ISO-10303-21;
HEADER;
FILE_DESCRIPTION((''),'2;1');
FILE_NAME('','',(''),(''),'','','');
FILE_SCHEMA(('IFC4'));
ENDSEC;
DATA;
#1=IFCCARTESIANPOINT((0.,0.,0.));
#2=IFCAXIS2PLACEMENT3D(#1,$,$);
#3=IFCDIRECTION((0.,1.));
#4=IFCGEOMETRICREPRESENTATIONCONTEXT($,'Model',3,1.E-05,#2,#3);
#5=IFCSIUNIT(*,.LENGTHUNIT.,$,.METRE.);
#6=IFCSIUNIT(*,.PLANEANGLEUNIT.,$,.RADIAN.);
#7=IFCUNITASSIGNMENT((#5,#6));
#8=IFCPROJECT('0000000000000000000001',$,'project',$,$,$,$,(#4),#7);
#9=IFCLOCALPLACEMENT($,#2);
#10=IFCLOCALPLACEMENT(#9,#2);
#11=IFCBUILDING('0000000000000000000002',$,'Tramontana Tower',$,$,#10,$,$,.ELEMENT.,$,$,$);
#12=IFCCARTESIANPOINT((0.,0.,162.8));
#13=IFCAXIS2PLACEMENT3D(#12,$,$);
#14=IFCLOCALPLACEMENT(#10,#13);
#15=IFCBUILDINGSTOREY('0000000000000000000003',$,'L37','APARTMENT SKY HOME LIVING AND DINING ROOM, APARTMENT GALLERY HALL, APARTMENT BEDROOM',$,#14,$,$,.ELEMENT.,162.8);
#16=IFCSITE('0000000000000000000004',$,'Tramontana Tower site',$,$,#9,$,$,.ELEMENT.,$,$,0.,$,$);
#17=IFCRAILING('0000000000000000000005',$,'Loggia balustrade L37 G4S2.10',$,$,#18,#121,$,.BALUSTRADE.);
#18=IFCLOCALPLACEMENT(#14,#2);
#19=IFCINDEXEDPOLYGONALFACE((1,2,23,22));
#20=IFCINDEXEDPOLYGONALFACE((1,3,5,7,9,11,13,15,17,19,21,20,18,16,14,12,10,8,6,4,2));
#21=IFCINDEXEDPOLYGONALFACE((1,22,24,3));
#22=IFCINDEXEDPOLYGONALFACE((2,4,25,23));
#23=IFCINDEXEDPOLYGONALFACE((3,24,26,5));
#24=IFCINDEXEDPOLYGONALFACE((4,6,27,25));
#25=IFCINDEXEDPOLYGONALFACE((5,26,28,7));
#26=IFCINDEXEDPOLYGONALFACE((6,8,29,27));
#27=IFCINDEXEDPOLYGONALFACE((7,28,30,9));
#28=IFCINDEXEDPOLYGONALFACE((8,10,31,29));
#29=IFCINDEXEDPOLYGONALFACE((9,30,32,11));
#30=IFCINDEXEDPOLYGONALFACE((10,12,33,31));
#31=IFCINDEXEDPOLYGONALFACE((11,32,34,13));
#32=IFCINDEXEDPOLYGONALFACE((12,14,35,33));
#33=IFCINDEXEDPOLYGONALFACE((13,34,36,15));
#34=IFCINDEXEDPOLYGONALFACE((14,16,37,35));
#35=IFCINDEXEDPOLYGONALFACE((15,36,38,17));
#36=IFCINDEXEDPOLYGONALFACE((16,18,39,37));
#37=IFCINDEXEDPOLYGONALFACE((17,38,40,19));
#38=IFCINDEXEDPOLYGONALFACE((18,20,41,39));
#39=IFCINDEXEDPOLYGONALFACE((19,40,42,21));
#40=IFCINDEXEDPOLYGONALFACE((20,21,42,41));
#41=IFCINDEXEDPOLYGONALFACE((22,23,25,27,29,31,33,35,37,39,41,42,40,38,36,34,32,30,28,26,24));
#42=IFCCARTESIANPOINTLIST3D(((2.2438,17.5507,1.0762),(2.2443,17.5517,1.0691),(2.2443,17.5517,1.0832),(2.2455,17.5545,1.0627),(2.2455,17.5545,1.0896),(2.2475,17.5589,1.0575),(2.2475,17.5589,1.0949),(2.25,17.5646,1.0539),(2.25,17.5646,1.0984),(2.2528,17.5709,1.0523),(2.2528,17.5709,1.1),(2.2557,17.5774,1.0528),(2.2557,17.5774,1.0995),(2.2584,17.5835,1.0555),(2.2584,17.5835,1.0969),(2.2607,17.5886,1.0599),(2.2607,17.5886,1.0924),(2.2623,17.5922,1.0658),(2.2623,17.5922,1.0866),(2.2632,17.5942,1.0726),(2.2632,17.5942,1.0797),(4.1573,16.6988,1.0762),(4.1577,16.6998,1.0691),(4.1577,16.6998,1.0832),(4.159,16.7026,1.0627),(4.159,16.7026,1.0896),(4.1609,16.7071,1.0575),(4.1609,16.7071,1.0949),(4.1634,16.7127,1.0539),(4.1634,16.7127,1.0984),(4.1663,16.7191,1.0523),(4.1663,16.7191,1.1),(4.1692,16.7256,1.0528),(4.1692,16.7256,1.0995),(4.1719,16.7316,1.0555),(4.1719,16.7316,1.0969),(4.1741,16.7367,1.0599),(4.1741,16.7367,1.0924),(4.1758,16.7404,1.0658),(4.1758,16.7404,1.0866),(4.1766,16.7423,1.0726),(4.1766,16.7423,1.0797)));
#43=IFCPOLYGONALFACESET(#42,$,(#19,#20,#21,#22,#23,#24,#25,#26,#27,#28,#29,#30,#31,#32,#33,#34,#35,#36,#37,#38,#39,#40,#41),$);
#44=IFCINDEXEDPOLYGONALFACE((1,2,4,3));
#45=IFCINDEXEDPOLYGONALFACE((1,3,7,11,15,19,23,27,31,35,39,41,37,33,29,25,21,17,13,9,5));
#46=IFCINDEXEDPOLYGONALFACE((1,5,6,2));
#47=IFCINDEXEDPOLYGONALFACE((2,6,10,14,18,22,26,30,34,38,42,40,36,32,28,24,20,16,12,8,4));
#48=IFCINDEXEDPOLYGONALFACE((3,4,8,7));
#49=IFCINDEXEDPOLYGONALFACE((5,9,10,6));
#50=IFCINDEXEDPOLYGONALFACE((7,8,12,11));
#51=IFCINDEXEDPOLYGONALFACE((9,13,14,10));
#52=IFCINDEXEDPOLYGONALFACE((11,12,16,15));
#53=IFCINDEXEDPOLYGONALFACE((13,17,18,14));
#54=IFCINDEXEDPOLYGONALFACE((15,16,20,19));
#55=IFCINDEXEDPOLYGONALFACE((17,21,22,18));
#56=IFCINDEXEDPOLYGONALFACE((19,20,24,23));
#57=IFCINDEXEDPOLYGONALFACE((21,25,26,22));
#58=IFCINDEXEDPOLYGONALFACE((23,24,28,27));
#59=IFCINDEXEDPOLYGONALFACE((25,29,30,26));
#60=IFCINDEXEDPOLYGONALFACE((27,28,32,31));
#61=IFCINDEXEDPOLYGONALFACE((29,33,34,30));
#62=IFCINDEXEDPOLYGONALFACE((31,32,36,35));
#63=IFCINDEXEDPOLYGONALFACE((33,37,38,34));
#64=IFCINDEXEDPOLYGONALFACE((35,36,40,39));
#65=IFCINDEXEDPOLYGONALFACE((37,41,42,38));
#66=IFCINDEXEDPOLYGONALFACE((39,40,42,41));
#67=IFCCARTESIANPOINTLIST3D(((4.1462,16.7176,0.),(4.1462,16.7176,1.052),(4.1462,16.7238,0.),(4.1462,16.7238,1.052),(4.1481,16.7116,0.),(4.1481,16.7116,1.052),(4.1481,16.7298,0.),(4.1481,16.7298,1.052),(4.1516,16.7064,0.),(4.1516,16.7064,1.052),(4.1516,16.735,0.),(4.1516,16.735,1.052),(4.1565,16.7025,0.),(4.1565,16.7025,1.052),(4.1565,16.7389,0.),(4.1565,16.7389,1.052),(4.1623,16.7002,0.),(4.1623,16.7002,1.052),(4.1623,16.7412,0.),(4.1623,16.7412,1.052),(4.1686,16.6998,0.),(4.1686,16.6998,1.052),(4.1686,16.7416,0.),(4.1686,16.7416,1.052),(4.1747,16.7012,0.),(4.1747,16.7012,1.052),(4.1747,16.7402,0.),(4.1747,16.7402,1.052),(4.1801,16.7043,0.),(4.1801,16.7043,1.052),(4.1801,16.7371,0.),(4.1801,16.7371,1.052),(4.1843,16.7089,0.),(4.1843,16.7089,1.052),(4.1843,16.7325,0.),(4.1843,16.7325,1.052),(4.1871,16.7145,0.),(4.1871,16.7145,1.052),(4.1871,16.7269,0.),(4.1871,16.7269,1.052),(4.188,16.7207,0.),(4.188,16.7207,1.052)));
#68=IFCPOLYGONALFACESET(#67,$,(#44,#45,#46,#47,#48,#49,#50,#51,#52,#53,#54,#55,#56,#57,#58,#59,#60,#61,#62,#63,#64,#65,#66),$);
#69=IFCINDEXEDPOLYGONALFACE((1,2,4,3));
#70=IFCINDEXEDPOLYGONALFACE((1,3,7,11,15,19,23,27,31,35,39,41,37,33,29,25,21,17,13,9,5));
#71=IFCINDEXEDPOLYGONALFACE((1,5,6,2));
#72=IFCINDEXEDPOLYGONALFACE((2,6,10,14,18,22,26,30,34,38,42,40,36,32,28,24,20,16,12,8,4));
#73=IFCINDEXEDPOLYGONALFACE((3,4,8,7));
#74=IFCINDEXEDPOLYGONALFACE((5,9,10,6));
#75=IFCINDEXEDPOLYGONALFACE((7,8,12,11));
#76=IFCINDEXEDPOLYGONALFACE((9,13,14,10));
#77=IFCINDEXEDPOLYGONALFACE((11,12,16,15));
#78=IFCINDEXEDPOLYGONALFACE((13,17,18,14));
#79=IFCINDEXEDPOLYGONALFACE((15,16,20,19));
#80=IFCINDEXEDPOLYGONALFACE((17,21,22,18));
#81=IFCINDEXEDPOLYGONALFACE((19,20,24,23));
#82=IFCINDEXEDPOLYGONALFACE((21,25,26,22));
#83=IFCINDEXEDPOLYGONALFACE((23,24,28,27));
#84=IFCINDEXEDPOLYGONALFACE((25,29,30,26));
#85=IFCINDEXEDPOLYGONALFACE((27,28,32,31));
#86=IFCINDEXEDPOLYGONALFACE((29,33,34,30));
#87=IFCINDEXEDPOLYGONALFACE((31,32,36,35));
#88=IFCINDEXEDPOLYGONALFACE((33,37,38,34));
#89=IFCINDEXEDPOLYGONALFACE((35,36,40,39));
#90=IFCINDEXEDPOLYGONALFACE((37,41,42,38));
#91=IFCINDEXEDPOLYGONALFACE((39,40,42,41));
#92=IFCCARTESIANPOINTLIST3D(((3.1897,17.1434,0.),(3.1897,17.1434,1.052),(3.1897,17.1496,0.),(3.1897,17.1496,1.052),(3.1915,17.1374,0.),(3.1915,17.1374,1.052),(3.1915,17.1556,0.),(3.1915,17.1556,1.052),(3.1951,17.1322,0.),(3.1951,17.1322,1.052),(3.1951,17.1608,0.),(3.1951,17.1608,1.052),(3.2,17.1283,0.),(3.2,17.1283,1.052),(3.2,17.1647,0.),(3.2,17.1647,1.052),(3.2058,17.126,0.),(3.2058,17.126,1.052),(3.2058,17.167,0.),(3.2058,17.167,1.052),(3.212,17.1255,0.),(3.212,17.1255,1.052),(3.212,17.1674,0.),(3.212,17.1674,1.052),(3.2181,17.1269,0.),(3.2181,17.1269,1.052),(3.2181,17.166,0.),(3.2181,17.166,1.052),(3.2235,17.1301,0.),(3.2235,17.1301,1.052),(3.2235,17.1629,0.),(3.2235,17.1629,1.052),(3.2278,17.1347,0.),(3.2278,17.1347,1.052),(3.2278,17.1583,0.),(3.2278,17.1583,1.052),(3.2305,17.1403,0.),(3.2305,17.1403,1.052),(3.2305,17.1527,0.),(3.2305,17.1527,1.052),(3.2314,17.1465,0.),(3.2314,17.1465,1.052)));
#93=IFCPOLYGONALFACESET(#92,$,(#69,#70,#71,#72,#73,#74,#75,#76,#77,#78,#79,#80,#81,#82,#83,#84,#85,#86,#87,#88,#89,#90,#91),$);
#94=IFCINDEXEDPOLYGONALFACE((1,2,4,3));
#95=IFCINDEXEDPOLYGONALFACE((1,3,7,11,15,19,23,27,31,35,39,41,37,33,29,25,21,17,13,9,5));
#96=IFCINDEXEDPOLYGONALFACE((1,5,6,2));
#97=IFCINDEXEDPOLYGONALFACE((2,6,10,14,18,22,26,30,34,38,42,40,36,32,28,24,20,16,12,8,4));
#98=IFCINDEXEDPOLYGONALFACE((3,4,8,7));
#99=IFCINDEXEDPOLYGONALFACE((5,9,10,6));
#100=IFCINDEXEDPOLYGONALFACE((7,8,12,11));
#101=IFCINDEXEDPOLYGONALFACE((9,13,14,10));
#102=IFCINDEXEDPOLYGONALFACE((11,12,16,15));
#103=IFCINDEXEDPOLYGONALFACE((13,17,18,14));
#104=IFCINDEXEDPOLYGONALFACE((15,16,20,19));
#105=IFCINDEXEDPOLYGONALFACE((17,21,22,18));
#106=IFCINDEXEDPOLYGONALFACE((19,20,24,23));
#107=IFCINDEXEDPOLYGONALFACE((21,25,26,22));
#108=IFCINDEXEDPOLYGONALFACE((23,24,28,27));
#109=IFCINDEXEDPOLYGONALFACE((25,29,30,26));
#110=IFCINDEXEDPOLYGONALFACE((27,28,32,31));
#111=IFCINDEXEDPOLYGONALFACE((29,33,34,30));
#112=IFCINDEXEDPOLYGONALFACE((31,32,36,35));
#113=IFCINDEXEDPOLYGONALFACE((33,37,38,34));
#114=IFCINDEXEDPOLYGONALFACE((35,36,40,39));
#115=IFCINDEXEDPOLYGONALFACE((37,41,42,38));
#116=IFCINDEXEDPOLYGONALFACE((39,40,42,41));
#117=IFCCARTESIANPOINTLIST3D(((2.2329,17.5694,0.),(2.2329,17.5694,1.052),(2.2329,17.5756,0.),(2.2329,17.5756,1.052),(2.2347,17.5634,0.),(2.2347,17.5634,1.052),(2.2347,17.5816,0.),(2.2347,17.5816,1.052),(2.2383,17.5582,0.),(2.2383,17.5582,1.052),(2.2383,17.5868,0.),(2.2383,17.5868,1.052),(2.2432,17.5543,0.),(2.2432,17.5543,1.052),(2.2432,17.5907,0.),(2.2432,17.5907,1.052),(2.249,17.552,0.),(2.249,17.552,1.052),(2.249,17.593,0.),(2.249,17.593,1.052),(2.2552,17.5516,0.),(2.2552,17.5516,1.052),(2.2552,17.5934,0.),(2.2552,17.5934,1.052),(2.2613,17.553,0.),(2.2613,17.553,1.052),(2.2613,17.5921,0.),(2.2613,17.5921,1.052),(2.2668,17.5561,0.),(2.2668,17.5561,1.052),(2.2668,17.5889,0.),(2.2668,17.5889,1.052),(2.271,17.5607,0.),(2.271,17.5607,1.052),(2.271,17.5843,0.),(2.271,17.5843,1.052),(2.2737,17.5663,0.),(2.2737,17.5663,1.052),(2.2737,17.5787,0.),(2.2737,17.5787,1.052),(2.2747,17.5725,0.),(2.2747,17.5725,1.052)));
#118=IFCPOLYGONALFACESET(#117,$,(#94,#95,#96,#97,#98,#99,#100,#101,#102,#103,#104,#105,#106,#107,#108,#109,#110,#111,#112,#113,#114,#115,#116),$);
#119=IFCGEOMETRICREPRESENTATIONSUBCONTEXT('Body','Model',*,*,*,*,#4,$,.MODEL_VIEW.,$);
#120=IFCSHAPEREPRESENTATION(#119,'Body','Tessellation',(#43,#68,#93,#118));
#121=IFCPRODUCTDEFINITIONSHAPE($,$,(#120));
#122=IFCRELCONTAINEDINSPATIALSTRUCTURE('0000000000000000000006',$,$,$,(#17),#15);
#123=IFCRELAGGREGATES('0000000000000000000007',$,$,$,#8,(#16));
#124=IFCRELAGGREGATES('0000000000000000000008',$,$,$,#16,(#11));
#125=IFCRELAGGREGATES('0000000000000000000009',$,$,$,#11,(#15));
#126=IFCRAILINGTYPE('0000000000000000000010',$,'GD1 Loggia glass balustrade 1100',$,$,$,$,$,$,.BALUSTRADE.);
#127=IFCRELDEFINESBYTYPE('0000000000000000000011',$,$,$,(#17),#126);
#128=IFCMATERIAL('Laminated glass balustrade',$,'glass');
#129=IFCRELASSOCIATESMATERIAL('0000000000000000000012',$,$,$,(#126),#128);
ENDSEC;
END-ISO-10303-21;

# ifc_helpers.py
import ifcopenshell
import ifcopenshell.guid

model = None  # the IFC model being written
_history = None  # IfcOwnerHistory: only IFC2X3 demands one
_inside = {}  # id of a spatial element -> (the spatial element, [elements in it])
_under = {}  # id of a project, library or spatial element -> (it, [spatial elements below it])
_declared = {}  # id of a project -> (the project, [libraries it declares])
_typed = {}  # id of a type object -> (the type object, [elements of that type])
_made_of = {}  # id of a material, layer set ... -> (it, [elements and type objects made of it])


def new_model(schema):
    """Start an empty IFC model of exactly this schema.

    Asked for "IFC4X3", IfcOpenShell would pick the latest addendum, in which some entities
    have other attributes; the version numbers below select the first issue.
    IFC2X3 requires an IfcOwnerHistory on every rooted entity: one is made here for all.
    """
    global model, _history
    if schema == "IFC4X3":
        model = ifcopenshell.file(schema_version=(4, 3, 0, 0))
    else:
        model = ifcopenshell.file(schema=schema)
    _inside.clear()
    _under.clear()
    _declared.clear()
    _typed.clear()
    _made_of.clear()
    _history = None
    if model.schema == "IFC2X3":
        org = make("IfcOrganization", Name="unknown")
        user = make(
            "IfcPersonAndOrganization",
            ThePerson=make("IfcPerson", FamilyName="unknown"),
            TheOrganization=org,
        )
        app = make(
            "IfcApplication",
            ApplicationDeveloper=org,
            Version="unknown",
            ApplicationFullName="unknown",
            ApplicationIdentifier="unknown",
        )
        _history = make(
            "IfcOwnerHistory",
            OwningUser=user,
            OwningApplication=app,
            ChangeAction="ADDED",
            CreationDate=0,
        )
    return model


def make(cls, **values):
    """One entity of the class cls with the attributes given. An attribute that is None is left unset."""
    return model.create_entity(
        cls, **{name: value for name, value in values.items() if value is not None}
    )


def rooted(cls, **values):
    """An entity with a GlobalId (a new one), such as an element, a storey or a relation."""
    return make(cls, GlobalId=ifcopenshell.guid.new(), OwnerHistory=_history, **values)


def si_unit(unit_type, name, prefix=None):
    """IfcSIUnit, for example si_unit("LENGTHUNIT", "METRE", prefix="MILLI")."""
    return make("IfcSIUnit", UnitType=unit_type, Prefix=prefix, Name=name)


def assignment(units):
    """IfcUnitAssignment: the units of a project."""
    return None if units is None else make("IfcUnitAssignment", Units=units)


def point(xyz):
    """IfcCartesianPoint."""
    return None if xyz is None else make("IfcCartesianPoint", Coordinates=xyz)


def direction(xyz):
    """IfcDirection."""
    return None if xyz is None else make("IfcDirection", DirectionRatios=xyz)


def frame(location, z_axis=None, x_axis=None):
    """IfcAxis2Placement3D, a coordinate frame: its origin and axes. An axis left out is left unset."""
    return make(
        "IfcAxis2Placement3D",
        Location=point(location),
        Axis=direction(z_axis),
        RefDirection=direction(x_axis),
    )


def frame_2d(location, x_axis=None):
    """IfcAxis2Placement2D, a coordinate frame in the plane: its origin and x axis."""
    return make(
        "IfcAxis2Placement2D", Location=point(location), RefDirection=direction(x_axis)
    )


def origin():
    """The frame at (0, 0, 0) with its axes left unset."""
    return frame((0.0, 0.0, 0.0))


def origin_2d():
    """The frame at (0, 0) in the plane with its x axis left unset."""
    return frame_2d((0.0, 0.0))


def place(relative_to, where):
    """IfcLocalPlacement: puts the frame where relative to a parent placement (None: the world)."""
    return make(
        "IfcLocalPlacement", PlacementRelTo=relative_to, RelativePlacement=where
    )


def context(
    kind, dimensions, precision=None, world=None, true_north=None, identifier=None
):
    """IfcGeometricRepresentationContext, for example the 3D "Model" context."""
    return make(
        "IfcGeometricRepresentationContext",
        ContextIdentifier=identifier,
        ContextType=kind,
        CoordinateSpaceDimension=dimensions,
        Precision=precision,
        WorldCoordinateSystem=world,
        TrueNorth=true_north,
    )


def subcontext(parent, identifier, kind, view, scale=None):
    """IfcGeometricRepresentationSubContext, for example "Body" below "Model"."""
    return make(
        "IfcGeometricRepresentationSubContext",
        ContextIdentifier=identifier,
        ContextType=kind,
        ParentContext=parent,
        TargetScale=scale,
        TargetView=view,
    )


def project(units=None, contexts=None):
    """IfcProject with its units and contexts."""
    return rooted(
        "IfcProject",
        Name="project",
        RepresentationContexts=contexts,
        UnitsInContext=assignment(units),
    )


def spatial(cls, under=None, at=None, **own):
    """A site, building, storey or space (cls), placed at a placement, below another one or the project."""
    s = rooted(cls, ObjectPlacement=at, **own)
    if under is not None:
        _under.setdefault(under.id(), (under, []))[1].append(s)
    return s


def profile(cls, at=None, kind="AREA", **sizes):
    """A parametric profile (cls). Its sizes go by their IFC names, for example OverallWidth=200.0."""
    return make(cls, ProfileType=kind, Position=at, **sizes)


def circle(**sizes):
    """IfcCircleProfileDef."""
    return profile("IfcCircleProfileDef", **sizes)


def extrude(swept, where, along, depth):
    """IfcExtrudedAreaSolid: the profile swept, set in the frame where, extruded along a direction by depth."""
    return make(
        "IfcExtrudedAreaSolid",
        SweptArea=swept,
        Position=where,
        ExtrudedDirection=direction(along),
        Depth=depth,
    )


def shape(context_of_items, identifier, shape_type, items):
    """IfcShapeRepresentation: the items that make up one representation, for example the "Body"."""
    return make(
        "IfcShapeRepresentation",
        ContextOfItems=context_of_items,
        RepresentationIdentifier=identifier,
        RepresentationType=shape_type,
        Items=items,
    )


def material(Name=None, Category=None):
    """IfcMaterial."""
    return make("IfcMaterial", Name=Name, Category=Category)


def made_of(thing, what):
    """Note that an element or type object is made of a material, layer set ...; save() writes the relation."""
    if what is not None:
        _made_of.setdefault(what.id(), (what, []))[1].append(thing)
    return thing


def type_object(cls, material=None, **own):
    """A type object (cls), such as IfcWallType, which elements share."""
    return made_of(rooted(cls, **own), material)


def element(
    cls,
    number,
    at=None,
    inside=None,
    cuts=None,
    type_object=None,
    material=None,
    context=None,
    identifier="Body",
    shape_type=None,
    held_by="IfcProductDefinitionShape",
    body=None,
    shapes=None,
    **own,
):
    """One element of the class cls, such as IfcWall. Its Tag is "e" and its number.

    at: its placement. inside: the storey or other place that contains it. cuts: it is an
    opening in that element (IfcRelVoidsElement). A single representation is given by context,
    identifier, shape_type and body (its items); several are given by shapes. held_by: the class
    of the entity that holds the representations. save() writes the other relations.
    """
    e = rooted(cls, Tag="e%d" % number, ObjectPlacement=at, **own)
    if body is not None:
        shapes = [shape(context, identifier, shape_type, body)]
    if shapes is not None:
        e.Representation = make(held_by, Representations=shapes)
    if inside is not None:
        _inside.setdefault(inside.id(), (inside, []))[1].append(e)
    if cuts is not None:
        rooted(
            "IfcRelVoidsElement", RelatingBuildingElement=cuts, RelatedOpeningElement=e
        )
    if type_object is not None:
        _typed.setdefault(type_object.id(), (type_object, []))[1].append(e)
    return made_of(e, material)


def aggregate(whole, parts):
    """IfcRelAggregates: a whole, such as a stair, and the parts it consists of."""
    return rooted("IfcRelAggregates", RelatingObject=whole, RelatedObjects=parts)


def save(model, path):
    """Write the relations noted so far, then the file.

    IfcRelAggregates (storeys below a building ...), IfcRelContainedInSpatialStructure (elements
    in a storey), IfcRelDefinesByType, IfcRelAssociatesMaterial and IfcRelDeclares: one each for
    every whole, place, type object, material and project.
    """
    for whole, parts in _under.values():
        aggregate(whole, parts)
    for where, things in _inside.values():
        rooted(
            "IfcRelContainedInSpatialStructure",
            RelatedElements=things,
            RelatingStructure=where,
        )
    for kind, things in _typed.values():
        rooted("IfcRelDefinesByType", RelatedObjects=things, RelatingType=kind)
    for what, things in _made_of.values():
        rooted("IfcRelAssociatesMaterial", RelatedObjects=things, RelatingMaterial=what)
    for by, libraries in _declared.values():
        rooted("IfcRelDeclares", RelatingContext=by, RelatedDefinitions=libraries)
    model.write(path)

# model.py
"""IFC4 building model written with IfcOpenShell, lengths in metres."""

from ifc_helpers import new_model, si_unit, direction, frame, origin, origin_2d, place, context, subcontext, project, spatial, circle, extrude, material, type_object, element, save


model = new_model("IFC4")

# Units and contexts
model_context = context("Model", 3, precision=1e-05, world=origin(), true_north=direction((0.0, 1.0)))
body_context = subcontext(model_context, "Body", "Model", "MODEL_VIEW")
ifc_project = project(units=[si_unit("LENGTHUNIT", "METRE"), si_unit("PLANEANGLEUNIT", "RADIAN")], contexts=[model_context])

# Site, building, storey
site_placement = place(None, origin())
site = spatial("IfcSite", under=ifc_project, at=site_placement, Name="Tramontana Tower site", CompositionType="ELEMENT", RefElevation=0.0)
building_placement = place(site_placement, origin())
building = spatial("IfcBuilding", under=site, at=building_placement, Name="Tramontana Tower", CompositionType="ELEMENT")
storey_placement = place(building_placement, frame((0.0, 0.0, 162.8)))
storey = spatial("IfcBuildingStorey", under=building, at=storey_placement, Name="L37", Description="APARTMENT SKY HOME LIVING AND DINING ROOM, APARTMENT GALLERY HALL, APARTMENT BEDROOM", CompositionType="ELEMENT", Elevation=162.8)

# Railing
ifc_material_1 = material(Name="Laminated glass balustrade", Category="glass")
railing_type = type_object("IfcRailingType", Name="GD1 Loggia glass balustrade 1100", PredefinedType="BALUSTRADE", material=ifc_material_1)
railing_placement = place(storey_placement, frame((4.167, 16.7207, 0.0)))
element("IfcRailing", 1, at=railing_placement, inside=storey, type_object=railing_type, Name="Loggia balustrade L37 G4S2.10", PredefinedType="BALUSTRADE", context=body_context, shape_type="SweptSolid", body=[
    extrude(circle(Radius=0.0239, at=origin_2d()), frame((0.0, 0.0, 1.0762), z_axis=(-0.913557, 0.406712, 0.0), x_axis=(-0.406712, -0.913557, 0.0)), (0.0, 0.0, 1.0), 2.0945),
    extrude(circle(Radius=0.021, at=origin_2d()), origin(), (0.0, 0.0, 1.0), 1.052),
    extrude(circle(Radius=0.021, at=origin_2d()), frame((-0.9565, 0.4258, 0.0)), (0.0, 0.0, 1.0), 1.052),
    extrude(circle(Radius=0.021, at=origin_2d()), frame((-1.9133, 0.8518, 0.0)), (0.0, 0.0, 1.0), 1.052),
])

save(model, "model.ifc")
